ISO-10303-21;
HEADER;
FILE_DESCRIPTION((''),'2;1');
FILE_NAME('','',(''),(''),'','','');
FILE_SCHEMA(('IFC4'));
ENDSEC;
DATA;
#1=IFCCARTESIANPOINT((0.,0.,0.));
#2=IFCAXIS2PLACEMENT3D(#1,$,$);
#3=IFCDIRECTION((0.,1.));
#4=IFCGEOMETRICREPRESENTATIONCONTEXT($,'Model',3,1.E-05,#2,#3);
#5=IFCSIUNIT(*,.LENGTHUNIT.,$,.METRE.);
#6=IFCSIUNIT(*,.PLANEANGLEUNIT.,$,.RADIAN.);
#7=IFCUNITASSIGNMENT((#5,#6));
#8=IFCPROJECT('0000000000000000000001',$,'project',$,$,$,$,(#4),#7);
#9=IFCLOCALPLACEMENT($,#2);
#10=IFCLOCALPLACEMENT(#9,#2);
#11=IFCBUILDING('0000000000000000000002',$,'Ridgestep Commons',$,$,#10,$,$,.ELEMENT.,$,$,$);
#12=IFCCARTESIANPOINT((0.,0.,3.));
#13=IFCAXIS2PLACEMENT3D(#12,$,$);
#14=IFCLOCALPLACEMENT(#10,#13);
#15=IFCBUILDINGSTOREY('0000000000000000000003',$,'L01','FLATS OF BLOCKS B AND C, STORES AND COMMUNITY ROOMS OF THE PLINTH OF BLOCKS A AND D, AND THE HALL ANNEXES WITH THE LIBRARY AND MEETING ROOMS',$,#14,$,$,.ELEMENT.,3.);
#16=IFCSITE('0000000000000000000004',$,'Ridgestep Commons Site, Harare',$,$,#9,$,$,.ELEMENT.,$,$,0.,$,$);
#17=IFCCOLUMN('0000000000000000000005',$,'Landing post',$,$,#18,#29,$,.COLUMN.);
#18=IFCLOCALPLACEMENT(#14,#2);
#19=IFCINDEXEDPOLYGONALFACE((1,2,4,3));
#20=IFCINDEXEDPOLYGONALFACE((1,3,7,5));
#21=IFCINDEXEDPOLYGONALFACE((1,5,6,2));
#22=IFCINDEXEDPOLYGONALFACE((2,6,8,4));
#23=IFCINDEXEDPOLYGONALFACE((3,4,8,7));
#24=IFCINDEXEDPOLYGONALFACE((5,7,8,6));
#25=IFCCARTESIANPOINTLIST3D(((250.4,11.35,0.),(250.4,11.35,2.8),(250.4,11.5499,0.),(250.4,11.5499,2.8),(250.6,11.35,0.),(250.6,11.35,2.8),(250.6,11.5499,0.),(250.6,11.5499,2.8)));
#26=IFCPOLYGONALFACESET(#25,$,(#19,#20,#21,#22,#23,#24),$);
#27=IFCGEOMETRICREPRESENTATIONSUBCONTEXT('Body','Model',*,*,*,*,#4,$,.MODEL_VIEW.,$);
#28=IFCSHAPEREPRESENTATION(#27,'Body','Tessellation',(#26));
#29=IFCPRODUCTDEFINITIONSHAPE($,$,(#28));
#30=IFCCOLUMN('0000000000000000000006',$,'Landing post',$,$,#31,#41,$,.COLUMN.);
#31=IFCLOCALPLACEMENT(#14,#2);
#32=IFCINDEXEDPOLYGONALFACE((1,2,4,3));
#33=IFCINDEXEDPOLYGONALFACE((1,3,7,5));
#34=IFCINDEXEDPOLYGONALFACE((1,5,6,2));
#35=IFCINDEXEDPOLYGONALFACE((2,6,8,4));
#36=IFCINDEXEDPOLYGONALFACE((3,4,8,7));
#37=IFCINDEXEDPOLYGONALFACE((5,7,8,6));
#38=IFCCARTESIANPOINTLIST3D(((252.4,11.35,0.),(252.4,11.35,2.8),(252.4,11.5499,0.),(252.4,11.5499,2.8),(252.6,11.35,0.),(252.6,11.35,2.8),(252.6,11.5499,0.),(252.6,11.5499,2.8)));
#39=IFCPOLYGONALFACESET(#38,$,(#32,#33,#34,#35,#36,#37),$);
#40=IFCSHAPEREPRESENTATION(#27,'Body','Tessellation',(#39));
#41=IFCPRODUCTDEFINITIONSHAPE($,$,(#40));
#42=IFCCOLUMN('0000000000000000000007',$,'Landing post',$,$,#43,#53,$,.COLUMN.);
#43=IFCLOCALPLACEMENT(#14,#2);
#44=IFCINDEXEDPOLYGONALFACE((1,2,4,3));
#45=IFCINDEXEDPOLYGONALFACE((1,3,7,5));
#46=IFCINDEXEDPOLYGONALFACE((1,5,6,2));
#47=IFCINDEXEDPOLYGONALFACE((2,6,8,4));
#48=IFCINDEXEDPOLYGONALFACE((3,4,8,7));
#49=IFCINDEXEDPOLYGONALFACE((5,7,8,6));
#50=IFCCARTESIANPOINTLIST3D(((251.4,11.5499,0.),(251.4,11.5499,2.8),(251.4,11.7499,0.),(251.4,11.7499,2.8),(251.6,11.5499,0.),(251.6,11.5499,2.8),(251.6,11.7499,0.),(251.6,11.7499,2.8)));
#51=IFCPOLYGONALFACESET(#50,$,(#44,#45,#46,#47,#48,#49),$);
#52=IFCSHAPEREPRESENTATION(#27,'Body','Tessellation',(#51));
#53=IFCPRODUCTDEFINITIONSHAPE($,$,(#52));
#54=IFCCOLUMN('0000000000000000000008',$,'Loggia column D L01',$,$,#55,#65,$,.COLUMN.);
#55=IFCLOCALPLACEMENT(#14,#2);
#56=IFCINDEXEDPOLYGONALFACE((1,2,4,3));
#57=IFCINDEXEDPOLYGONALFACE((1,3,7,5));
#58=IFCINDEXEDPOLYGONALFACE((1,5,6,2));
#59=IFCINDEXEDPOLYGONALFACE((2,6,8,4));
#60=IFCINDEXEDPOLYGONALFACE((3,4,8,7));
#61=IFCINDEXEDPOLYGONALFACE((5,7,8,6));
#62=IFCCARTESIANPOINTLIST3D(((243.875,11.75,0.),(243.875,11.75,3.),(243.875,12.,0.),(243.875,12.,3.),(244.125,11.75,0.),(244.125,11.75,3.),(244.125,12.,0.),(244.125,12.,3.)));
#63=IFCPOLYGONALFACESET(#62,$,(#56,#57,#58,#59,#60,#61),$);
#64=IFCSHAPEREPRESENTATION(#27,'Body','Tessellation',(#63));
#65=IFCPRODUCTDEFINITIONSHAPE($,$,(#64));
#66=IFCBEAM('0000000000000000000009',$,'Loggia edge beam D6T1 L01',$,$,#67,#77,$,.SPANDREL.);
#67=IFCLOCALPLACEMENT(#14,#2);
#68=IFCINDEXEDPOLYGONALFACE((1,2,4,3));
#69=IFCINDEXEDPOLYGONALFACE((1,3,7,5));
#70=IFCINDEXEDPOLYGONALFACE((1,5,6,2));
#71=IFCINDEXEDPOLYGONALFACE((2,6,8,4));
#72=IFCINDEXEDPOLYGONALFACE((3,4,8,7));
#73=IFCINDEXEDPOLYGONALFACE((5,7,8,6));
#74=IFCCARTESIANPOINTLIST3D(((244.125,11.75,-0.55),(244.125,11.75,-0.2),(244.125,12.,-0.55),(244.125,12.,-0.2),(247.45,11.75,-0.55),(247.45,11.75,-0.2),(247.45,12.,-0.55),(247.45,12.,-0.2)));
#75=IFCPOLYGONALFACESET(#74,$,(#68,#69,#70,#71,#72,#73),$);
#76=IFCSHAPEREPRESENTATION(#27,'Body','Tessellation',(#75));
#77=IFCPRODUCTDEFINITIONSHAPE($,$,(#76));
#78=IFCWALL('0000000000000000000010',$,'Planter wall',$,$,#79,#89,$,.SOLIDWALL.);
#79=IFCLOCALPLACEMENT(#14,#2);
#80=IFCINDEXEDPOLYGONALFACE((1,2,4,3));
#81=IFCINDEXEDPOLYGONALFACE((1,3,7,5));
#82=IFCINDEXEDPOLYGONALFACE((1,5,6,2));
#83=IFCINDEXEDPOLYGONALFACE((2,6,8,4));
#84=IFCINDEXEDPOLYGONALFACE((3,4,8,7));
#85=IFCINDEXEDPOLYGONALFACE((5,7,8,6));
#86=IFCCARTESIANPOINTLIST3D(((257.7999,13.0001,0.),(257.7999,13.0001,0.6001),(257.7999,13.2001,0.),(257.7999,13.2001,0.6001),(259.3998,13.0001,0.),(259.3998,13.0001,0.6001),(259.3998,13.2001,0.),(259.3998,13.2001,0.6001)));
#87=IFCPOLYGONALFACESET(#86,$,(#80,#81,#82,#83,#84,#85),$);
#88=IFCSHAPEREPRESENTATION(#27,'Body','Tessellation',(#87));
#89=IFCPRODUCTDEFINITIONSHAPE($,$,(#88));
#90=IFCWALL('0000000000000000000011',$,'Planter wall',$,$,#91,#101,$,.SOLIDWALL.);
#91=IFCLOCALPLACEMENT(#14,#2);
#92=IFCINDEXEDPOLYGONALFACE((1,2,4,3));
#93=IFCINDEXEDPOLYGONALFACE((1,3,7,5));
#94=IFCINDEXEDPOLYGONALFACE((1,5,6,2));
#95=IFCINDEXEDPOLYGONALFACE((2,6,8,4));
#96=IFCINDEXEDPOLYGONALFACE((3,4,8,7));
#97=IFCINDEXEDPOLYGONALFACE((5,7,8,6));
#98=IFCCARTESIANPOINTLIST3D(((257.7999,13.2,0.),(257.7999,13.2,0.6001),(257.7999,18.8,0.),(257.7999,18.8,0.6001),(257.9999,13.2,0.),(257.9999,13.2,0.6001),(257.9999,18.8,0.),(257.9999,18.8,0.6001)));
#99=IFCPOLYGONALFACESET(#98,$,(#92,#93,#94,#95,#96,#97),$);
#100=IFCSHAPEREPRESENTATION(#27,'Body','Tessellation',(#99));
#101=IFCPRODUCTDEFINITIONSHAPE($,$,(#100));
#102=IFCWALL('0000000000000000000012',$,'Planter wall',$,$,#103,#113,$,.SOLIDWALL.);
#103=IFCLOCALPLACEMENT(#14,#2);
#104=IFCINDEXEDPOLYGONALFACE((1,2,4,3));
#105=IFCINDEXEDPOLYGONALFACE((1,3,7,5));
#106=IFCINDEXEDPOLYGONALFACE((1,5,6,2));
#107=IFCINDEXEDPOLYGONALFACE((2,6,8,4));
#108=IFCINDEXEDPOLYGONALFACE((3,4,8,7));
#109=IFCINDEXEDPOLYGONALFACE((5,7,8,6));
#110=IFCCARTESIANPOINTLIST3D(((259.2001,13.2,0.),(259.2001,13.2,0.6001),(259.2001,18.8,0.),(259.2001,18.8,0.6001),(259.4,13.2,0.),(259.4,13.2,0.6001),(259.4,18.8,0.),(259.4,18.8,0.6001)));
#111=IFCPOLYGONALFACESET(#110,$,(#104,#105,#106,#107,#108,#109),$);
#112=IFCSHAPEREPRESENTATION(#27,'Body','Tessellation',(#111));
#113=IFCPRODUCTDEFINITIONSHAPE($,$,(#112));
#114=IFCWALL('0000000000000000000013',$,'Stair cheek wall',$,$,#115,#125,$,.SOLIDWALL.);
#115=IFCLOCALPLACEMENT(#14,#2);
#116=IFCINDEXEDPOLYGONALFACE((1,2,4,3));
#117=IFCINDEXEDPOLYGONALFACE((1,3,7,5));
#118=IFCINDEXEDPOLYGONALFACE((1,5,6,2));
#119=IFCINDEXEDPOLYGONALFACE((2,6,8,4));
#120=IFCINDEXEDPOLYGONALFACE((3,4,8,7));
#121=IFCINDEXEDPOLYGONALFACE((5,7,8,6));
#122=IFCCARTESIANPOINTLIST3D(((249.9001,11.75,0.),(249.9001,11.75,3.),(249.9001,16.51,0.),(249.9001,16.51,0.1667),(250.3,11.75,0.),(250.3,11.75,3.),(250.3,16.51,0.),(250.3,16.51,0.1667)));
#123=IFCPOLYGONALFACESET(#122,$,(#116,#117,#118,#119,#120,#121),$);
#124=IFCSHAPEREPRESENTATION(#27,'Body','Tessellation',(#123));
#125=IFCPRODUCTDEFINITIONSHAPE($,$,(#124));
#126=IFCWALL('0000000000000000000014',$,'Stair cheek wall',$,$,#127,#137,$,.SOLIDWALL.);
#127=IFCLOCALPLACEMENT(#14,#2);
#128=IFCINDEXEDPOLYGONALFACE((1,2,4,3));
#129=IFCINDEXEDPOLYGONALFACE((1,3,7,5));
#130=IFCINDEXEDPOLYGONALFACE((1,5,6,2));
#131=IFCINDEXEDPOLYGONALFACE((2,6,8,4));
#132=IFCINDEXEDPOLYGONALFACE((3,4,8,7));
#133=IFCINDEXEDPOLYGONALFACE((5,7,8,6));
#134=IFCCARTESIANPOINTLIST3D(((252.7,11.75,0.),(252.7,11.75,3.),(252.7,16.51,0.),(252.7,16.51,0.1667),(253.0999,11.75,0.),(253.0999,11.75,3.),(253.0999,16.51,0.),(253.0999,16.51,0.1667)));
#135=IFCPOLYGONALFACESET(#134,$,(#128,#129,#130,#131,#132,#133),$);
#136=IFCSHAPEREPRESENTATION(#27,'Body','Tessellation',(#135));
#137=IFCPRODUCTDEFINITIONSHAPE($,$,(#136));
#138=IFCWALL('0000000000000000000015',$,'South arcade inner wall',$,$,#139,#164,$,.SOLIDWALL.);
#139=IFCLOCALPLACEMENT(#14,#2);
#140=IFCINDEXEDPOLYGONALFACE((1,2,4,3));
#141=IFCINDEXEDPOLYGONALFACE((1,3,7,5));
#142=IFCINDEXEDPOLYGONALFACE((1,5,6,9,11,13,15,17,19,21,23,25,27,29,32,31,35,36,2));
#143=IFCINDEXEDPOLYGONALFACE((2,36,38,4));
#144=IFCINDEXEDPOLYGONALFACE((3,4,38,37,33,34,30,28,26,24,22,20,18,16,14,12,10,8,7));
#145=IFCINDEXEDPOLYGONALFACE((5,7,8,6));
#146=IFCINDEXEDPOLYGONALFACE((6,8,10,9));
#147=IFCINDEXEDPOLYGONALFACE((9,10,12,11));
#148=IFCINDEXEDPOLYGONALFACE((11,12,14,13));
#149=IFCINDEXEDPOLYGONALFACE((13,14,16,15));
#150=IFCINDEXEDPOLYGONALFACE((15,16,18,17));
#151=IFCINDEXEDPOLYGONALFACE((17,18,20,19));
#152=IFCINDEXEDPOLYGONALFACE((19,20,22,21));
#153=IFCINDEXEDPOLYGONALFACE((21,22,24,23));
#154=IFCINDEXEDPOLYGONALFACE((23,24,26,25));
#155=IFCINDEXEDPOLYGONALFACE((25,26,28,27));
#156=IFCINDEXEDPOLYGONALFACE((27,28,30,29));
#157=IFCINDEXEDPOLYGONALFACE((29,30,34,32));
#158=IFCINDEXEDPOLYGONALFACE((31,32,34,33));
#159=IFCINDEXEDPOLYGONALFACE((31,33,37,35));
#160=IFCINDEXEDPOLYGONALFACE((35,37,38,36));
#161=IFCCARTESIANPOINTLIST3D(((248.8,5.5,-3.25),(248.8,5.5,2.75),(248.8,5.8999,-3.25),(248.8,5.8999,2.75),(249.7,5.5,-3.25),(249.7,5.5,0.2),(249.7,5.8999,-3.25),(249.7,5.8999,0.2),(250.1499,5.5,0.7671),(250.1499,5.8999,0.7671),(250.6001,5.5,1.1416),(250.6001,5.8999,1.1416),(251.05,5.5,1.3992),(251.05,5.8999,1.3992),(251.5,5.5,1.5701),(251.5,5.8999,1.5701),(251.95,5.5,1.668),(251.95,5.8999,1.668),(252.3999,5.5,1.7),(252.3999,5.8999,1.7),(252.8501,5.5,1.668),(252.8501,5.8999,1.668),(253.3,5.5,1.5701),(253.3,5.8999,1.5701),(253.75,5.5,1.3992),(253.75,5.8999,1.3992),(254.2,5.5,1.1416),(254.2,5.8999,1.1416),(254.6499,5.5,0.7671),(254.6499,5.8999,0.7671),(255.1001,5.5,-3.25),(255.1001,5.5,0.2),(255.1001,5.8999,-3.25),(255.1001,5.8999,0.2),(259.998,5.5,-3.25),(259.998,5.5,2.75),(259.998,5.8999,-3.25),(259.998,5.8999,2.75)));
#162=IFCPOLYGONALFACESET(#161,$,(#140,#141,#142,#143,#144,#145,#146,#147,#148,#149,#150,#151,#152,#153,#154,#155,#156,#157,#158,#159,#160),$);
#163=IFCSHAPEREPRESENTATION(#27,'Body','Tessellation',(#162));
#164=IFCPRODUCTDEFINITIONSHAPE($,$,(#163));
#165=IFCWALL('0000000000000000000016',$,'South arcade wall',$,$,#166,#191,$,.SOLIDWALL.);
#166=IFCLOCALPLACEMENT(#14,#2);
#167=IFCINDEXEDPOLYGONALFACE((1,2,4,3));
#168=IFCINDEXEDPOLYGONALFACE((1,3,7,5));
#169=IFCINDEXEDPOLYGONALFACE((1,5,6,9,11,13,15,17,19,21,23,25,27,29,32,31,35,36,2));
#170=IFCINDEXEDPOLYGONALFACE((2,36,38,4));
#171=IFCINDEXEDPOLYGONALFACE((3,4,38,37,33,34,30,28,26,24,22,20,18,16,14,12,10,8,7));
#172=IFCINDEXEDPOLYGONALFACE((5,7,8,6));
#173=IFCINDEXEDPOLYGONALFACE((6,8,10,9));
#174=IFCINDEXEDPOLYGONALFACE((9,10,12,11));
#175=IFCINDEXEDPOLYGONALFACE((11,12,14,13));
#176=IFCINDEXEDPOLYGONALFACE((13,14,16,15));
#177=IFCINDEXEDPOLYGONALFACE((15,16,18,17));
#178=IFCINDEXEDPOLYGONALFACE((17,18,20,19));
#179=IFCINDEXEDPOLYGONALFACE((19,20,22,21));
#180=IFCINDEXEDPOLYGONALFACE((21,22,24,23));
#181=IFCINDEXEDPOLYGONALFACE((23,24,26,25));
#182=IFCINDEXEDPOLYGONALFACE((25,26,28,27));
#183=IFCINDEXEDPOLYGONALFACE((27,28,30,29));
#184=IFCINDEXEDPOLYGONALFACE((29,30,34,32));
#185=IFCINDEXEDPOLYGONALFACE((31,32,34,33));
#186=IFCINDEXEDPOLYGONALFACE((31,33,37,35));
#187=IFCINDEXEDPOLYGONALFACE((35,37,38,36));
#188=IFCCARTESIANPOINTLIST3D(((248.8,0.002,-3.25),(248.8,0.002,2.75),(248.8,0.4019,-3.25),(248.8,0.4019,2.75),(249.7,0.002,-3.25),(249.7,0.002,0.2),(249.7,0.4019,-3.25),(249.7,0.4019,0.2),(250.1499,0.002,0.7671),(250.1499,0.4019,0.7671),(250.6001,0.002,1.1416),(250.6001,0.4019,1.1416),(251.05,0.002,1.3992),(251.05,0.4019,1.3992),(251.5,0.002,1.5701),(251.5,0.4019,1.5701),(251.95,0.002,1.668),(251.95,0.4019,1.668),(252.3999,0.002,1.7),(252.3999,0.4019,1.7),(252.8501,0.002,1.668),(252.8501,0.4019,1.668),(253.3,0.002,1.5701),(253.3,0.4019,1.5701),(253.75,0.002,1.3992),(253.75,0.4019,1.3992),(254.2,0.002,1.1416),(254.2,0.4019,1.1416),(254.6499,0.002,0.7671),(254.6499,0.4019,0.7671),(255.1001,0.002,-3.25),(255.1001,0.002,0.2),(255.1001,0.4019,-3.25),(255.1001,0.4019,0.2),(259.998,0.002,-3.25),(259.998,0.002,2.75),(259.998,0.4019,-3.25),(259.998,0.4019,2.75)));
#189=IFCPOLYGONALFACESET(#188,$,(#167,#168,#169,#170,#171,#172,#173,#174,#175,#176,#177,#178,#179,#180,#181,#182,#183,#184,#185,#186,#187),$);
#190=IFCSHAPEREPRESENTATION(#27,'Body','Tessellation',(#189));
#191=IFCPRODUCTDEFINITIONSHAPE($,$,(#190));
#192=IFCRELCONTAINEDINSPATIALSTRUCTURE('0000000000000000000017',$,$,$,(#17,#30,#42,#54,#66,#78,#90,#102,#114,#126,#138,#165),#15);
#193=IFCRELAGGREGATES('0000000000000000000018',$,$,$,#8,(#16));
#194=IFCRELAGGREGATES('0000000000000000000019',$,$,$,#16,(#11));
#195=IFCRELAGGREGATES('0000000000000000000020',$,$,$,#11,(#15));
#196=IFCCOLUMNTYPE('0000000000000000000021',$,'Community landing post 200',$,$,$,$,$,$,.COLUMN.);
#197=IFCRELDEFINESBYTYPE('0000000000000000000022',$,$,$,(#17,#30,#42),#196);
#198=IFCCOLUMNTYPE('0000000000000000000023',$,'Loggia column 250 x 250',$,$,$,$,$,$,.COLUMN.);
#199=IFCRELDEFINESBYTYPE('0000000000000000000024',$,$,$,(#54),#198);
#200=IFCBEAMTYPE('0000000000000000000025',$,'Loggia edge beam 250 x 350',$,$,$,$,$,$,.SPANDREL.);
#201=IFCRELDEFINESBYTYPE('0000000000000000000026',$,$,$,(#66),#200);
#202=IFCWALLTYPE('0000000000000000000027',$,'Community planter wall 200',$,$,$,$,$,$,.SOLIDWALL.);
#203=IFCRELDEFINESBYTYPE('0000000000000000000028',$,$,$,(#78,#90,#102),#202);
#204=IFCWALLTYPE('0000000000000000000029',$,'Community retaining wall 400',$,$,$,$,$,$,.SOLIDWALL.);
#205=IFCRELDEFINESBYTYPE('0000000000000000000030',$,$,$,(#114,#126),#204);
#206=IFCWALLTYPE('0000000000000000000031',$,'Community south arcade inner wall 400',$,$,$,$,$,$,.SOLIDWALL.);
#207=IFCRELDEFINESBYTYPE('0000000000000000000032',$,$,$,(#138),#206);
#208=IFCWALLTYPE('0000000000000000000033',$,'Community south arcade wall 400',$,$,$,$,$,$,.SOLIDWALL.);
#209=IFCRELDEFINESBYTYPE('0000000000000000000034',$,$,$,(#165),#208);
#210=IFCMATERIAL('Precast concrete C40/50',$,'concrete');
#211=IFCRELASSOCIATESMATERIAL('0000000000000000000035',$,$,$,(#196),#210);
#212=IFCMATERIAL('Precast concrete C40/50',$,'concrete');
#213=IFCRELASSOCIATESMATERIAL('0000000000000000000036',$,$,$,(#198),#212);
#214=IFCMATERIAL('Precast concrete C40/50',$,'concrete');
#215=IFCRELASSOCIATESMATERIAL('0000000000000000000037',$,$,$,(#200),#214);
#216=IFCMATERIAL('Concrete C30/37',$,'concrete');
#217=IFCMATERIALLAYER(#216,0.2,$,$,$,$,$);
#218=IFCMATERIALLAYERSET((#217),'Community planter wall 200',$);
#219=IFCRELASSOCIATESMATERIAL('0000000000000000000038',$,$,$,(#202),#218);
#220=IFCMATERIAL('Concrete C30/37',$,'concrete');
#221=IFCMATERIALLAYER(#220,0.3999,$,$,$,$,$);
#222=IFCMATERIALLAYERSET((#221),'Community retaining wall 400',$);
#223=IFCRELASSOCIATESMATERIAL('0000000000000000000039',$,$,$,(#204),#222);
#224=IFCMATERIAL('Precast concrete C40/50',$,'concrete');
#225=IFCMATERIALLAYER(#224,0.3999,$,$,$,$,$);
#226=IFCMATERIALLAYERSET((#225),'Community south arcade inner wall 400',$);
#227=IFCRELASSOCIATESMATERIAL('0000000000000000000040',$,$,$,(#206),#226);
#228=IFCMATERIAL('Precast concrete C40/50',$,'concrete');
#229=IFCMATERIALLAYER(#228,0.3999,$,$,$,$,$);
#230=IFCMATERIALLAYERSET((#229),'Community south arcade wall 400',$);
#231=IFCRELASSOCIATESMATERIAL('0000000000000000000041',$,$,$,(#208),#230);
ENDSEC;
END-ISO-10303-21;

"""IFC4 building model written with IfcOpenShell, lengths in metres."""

from ifc_helpers import new_model, si_unit, direction, frame, frame_2d, origin, origin_2d, place, context, subcontext, project, spatial, polyline, rectangle, outline, extrude, material, layer, layer_set, material_profile, profile_set, type_object, element, save


model = new_model("IFC4")

# Units and contexts
model_context = context("Model", 3, precision=1e-05, world=origin(), true_north=direction((0.0, 1.0)))
body_context = subcontext(model_context, "Body", "Model", "MODEL_VIEW")
ifc_project = project(units=[si_unit("LENGTHUNIT", "METRE"), si_unit("PLANEANGLEUNIT", "RADIAN")], contexts=[model_context])

# Site, building, storey
site_placement = place(None, origin())
site = spatial("IfcSite", under=ifc_project, at=site_placement, Name="Ridgestep Commons Site, Harare", CompositionType="ELEMENT", RefElevation=0.0)
building_placement = place(site_placement, origin())
building = spatial("IfcBuilding", under=site, at=building_placement, Name="Ridgestep Commons", CompositionType="ELEMENT")
storey_placement = place(building_placement, frame((0.0, 0.0, 3.0)))
storey = spatial("IfcBuildingStorey", under=building, at=storey_placement, Name="L01", Description="FLATS OF BLOCKS B AND C, STORES AND COMMUNITY ROOMS OF THE PLINTH OF BLOCKS A AND D, AND THE HALL ANNEXES WITH THE LIBRARY AND MEETING ROOMS", CompositionType="ELEMENT", Elevation=3.0)

# Columns
ifc_material_1 = material(Name="Precast concrete C40/50", Category="concrete")
ifc_material_profile_1 = material_profile(ifc_material_1, rectangle(XDim=0.2, YDim=0.2, at=origin_2d()), Name="Community landing post 200")
ifc_profile_set_1 = profile_set([ifc_material_profile_1], Name="Precast concrete C40/50")
column_type_1 = type_object("IfcColumnType", Name="Community landing post 200", PredefinedType="COLUMN", material=ifc_profile_set_1)
for number, where, z_axis, x_axis, name in (
    (1, (250.5, 11.45, 0.0), (0.0, 0.0, 1.0), (1.0, 0.0, 0.0), "Landing post"),
    (2, (252.5, 11.45, 0.0), (0.0, 0.0, 1.0), (1.0, 0.0, 0.0), "Landing post"),
    (3, (251.5, 11.6499, 0.0), (0.0, 0.0, 1.0), (1.0, 0.0, 0.0), "Landing post"),
):
    element("IfcColumn", number, at=place(storey_placement, frame(where, z_axis=z_axis, x_axis=x_axis)), inside=storey, type_object=column_type_1, Name=name, PredefinedType="COLUMN", context=body_context, shape_type="SweptSolid", body=[
        extrude(rectangle(XDim=0.2, YDim=0.2, at=origin_2d()), origin(), (0.0, 0.0, 1.0), 2.8),
    ])
ifc_material_2 = material(Name="Precast concrete C40/50", Category="concrete")
ifc_material_profile_2 = material_profile(ifc_material_2, rectangle(XDim=0.25, YDim=0.25, at=origin_2d()), Name="PC 250x250")
ifc_profile_set_2 = profile_set([ifc_material_profile_2], Name="Precast concrete C40/50")
column_type_2 = type_object("IfcColumnType", Name="Loggia column 250 x 250", PredefinedType="COLUMN", material=ifc_profile_set_2)
column_placement = place(storey_placement, frame((244.0, 11.875, 0.0), z_axis=(0.0, 0.0, 1.0), x_axis=(1.0, 0.0, 0.0)))
element("IfcColumn", 4, at=column_placement, inside=storey, type_object=column_type_2, Name="Loggia column D L01", PredefinedType="COLUMN", context=body_context, shape_type="SweptSolid", body=[
    extrude(rectangle(XDim=0.25, YDim=0.25, at=origin_2d()), origin(), (0.0, 0.0, 1.0), 3.0),
])

# Beam
ifc_material_3 = material(Name="Precast concrete C40/50", Category="concrete")
ifc_material_profile_3 = material_profile(ifc_material_3, rectangle(XDim=0.25, YDim=0.3501, at=origin_2d()), Name="PC 250x350")
ifc_profile_set_3 = profile_set([ifc_material_profile_3], Name="Precast concrete C40/50")
beam_type = type_object("IfcBeamType", Name="Loggia edge beam 250 x 350", PredefinedType="SPANDREL", material=ifc_profile_set_3)
beam_placement = place(storey_placement, frame((244.125, 11.875, -0.375), z_axis=(1.0, 0.0, 0.0), x_axis=(0.0, 1.0, 0.0)))
element("IfcBeam", 5, at=beam_placement, inside=storey, type_object=beam_type, Name="Loggia edge beam D6T1 L01", PredefinedType="SPANDREL", context=body_context, shape_type="SweptSolid", body=[
    extrude(rectangle(XDim=0.25, YDim=0.3501, at=origin_2d()), origin(), (0.0, 0.0, 1.0), 3.325),
])

# Walls
ifc_material_4 = material(Name="Concrete C30/37", Category="concrete")
ifc_layer_1 = layer(ifc_material_4, 0.2)
ifc_layer_set_1 = layer_set([ifc_layer_1], Name="Community planter wall 200")
wall_type_1 = type_object("IfcWallType", Name="Community planter wall 200", PredefinedType="SOLIDWALL", material=ifc_layer_set_1)
wall_1_placement = place(storey_placement, frame((257.8, 13.1001, 0.0), z_axis=(0.0, 0.0, 1.0), x_axis=(1.0, 0.0, 0.0)))
element("IfcWall", 6, at=wall_1_placement, inside=storey, type_object=wall_type_1, Name="Planter wall", PredefinedType="SOLIDWALL", context=body_context, shape_type="SweptSolid", body=[
    extrude(rectangle(XDim=1.5999, YDim=0.2, at=frame_2d((0.7998, 0.0))), origin(), (0.0, 0.0, 1.0), 0.6001),
])
for number, where, z_axis, x_axis, name in (
    (7, (257.8999, 13.2, 0.0), (0.0, 0.0, 1.0), (0.0, 1.0, 0.0), "Planter wall"),
    (8, (259.3, 13.2, 0.0), (0.0, 0.0, 1.0), (0.0, 1.0, 0.0), "Planter wall"),
):
    element("IfcWall", number, at=place(storey_placement, frame(where, z_axis=z_axis, x_axis=x_axis)), inside=storey, type_object=wall_type_1, Name=name, PredefinedType="SOLIDWALL", context=body_context, shape_type="SweptSolid", body=[
        extrude(rectangle(XDim=5.6001, YDim=0.2, at=frame_2d((2.8, 0.0))), origin(), (0.0, 0.0, 1.0), 0.6001),
    ])
ifc_material_5 = material(Name="Concrete C30/37", Category="concrete")
ifc_layer_2 = layer(ifc_material_5, 0.3999)
ifc_layer_set_2 = layer_set([ifc_layer_2], Name="Community retaining wall 400")
wall_type_2 = type_object("IfcWallType", Name="Community retaining wall 400", PredefinedType="SOLIDWALL", material=ifc_layer_set_2)
for number, where, z_axis, x_axis, name in (
    (9, (250.1001, 11.75, 0.0), (0.0, 0.0, 1.0), (0.0, 1.0, 0.0), "Stair cheek wall"),
    (10, (252.8999, 11.75, 0.0), (0.0, 0.0, 1.0), (0.0, 1.0, 0.0), "Stair cheek wall"),
):
    element("IfcWall", number, at=place(storey_placement, frame(where, z_axis=z_axis, x_axis=x_axis)), inside=storey, type_object=wall_type_2, Name=name, PredefinedType="SOLIDWALL", context=body_context, shape_type="SweptSolid", body=[
        extrude(outline(polyline([(0.0, 0.0), (4.76, 0.0), (4.76, 0.1667), (0.0, 3.0), (0.0, 0.0)])), frame((0.0, 0.2, 0.0), z_axis=(0.0, -1.0, 0.0), x_axis=(1.0, 0.0, 0.0)), (0.0, 0.0, 1.0), 0.3999),
    ])
ifc_material_6 = material(Name="Precast concrete C40/50", Category="concrete")
ifc_layer_3 = layer(ifc_material_6, 0.3999)
ifc_layer_set_3 = layer_set([ifc_layer_3], Name="Community south arcade inner wall 400")
wall_type_3 = type_object("IfcWallType", Name="Community south arcade inner wall 400", PredefinedType="SOLIDWALL", material=ifc_layer_set_3)
wall_2_placement = place(storey_placement, frame((248.8, 5.5, -3.25), z_axis=(0.0, -1.0, 0.0), x_axis=(1.0, 0.0, 0.0)))
element("IfcWall", 11, at=wall_2_placement, inside=storey, type_object=wall_type_3, Name="South arcade inner wall", PredefinedType="SOLIDWALL", context=body_context, shape_type="SweptSolid", body=[
    extrude(outline(polyline([(0.0, 0.0), (0.8999, 0.0), (0.8999, 3.45), (1.3499, 4.0171), (1.8, 4.3916), (2.25, 4.6492), (2.7, 4.8201), (3.1499, 4.918), (3.5999, 4.95), (4.05, 4.918), (4.5, 4.8201), (4.95, 4.6492), (5.3999, 4.3916), (5.8499, 4.0171), (6.3, 3.45), (6.3, 0.0), (11.198, 0.0), (11.198, 6.0), (0.0, 6.0), (0.0, 0.0)])), origin(), (0.0, 0.0, -1.0), 0.3999),
])
ifc_material_7 = material(Name="Precast concrete C40/50", Category="concrete")
ifc_layer_4 = layer(ifc_material_7, 0.3999)
ifc_layer_set_4 = layer_set([ifc_layer_4], Name="Community south arcade wall 400")
wall_type_4 = type_object("IfcWallType", Name="Community south arcade wall 400", PredefinedType="SOLIDWALL", material=ifc_layer_set_4)
wall_3_placement = place(storey_placement, frame((248.8, 0.002, -3.25), z_axis=(0.0, -1.0, 0.0), x_axis=(1.0, 0.0, 0.0)))
element("IfcWall", 12, at=wall_3_placement, inside=storey, type_object=wall_type_4, Name="South arcade wall", PredefinedType="SOLIDWALL", context=body_context, shape_type="SweptSolid", body=[
    extrude(outline(polyline([(0.0, 0.0), (0.8999, 0.0), (0.8999, 3.45), (1.3499, 4.0171), (1.8, 4.3916), (2.25, 4.6492), (2.7, 4.8201), (3.1499, 4.918), (3.5999, 4.95), (4.05, 4.918), (4.5, 4.8201), (4.95, 4.6492), (5.3999, 4.3916), (5.8499, 4.0171), (6.3, 3.45), (6.3, 0.0), (11.198, 0.0), (11.198, 6.0), (0.0, 6.0), (0.0, 0.0)])), origin(), (0.0, 0.0, -1.0), 0.3999),
])

save(model, "model.ifc")
